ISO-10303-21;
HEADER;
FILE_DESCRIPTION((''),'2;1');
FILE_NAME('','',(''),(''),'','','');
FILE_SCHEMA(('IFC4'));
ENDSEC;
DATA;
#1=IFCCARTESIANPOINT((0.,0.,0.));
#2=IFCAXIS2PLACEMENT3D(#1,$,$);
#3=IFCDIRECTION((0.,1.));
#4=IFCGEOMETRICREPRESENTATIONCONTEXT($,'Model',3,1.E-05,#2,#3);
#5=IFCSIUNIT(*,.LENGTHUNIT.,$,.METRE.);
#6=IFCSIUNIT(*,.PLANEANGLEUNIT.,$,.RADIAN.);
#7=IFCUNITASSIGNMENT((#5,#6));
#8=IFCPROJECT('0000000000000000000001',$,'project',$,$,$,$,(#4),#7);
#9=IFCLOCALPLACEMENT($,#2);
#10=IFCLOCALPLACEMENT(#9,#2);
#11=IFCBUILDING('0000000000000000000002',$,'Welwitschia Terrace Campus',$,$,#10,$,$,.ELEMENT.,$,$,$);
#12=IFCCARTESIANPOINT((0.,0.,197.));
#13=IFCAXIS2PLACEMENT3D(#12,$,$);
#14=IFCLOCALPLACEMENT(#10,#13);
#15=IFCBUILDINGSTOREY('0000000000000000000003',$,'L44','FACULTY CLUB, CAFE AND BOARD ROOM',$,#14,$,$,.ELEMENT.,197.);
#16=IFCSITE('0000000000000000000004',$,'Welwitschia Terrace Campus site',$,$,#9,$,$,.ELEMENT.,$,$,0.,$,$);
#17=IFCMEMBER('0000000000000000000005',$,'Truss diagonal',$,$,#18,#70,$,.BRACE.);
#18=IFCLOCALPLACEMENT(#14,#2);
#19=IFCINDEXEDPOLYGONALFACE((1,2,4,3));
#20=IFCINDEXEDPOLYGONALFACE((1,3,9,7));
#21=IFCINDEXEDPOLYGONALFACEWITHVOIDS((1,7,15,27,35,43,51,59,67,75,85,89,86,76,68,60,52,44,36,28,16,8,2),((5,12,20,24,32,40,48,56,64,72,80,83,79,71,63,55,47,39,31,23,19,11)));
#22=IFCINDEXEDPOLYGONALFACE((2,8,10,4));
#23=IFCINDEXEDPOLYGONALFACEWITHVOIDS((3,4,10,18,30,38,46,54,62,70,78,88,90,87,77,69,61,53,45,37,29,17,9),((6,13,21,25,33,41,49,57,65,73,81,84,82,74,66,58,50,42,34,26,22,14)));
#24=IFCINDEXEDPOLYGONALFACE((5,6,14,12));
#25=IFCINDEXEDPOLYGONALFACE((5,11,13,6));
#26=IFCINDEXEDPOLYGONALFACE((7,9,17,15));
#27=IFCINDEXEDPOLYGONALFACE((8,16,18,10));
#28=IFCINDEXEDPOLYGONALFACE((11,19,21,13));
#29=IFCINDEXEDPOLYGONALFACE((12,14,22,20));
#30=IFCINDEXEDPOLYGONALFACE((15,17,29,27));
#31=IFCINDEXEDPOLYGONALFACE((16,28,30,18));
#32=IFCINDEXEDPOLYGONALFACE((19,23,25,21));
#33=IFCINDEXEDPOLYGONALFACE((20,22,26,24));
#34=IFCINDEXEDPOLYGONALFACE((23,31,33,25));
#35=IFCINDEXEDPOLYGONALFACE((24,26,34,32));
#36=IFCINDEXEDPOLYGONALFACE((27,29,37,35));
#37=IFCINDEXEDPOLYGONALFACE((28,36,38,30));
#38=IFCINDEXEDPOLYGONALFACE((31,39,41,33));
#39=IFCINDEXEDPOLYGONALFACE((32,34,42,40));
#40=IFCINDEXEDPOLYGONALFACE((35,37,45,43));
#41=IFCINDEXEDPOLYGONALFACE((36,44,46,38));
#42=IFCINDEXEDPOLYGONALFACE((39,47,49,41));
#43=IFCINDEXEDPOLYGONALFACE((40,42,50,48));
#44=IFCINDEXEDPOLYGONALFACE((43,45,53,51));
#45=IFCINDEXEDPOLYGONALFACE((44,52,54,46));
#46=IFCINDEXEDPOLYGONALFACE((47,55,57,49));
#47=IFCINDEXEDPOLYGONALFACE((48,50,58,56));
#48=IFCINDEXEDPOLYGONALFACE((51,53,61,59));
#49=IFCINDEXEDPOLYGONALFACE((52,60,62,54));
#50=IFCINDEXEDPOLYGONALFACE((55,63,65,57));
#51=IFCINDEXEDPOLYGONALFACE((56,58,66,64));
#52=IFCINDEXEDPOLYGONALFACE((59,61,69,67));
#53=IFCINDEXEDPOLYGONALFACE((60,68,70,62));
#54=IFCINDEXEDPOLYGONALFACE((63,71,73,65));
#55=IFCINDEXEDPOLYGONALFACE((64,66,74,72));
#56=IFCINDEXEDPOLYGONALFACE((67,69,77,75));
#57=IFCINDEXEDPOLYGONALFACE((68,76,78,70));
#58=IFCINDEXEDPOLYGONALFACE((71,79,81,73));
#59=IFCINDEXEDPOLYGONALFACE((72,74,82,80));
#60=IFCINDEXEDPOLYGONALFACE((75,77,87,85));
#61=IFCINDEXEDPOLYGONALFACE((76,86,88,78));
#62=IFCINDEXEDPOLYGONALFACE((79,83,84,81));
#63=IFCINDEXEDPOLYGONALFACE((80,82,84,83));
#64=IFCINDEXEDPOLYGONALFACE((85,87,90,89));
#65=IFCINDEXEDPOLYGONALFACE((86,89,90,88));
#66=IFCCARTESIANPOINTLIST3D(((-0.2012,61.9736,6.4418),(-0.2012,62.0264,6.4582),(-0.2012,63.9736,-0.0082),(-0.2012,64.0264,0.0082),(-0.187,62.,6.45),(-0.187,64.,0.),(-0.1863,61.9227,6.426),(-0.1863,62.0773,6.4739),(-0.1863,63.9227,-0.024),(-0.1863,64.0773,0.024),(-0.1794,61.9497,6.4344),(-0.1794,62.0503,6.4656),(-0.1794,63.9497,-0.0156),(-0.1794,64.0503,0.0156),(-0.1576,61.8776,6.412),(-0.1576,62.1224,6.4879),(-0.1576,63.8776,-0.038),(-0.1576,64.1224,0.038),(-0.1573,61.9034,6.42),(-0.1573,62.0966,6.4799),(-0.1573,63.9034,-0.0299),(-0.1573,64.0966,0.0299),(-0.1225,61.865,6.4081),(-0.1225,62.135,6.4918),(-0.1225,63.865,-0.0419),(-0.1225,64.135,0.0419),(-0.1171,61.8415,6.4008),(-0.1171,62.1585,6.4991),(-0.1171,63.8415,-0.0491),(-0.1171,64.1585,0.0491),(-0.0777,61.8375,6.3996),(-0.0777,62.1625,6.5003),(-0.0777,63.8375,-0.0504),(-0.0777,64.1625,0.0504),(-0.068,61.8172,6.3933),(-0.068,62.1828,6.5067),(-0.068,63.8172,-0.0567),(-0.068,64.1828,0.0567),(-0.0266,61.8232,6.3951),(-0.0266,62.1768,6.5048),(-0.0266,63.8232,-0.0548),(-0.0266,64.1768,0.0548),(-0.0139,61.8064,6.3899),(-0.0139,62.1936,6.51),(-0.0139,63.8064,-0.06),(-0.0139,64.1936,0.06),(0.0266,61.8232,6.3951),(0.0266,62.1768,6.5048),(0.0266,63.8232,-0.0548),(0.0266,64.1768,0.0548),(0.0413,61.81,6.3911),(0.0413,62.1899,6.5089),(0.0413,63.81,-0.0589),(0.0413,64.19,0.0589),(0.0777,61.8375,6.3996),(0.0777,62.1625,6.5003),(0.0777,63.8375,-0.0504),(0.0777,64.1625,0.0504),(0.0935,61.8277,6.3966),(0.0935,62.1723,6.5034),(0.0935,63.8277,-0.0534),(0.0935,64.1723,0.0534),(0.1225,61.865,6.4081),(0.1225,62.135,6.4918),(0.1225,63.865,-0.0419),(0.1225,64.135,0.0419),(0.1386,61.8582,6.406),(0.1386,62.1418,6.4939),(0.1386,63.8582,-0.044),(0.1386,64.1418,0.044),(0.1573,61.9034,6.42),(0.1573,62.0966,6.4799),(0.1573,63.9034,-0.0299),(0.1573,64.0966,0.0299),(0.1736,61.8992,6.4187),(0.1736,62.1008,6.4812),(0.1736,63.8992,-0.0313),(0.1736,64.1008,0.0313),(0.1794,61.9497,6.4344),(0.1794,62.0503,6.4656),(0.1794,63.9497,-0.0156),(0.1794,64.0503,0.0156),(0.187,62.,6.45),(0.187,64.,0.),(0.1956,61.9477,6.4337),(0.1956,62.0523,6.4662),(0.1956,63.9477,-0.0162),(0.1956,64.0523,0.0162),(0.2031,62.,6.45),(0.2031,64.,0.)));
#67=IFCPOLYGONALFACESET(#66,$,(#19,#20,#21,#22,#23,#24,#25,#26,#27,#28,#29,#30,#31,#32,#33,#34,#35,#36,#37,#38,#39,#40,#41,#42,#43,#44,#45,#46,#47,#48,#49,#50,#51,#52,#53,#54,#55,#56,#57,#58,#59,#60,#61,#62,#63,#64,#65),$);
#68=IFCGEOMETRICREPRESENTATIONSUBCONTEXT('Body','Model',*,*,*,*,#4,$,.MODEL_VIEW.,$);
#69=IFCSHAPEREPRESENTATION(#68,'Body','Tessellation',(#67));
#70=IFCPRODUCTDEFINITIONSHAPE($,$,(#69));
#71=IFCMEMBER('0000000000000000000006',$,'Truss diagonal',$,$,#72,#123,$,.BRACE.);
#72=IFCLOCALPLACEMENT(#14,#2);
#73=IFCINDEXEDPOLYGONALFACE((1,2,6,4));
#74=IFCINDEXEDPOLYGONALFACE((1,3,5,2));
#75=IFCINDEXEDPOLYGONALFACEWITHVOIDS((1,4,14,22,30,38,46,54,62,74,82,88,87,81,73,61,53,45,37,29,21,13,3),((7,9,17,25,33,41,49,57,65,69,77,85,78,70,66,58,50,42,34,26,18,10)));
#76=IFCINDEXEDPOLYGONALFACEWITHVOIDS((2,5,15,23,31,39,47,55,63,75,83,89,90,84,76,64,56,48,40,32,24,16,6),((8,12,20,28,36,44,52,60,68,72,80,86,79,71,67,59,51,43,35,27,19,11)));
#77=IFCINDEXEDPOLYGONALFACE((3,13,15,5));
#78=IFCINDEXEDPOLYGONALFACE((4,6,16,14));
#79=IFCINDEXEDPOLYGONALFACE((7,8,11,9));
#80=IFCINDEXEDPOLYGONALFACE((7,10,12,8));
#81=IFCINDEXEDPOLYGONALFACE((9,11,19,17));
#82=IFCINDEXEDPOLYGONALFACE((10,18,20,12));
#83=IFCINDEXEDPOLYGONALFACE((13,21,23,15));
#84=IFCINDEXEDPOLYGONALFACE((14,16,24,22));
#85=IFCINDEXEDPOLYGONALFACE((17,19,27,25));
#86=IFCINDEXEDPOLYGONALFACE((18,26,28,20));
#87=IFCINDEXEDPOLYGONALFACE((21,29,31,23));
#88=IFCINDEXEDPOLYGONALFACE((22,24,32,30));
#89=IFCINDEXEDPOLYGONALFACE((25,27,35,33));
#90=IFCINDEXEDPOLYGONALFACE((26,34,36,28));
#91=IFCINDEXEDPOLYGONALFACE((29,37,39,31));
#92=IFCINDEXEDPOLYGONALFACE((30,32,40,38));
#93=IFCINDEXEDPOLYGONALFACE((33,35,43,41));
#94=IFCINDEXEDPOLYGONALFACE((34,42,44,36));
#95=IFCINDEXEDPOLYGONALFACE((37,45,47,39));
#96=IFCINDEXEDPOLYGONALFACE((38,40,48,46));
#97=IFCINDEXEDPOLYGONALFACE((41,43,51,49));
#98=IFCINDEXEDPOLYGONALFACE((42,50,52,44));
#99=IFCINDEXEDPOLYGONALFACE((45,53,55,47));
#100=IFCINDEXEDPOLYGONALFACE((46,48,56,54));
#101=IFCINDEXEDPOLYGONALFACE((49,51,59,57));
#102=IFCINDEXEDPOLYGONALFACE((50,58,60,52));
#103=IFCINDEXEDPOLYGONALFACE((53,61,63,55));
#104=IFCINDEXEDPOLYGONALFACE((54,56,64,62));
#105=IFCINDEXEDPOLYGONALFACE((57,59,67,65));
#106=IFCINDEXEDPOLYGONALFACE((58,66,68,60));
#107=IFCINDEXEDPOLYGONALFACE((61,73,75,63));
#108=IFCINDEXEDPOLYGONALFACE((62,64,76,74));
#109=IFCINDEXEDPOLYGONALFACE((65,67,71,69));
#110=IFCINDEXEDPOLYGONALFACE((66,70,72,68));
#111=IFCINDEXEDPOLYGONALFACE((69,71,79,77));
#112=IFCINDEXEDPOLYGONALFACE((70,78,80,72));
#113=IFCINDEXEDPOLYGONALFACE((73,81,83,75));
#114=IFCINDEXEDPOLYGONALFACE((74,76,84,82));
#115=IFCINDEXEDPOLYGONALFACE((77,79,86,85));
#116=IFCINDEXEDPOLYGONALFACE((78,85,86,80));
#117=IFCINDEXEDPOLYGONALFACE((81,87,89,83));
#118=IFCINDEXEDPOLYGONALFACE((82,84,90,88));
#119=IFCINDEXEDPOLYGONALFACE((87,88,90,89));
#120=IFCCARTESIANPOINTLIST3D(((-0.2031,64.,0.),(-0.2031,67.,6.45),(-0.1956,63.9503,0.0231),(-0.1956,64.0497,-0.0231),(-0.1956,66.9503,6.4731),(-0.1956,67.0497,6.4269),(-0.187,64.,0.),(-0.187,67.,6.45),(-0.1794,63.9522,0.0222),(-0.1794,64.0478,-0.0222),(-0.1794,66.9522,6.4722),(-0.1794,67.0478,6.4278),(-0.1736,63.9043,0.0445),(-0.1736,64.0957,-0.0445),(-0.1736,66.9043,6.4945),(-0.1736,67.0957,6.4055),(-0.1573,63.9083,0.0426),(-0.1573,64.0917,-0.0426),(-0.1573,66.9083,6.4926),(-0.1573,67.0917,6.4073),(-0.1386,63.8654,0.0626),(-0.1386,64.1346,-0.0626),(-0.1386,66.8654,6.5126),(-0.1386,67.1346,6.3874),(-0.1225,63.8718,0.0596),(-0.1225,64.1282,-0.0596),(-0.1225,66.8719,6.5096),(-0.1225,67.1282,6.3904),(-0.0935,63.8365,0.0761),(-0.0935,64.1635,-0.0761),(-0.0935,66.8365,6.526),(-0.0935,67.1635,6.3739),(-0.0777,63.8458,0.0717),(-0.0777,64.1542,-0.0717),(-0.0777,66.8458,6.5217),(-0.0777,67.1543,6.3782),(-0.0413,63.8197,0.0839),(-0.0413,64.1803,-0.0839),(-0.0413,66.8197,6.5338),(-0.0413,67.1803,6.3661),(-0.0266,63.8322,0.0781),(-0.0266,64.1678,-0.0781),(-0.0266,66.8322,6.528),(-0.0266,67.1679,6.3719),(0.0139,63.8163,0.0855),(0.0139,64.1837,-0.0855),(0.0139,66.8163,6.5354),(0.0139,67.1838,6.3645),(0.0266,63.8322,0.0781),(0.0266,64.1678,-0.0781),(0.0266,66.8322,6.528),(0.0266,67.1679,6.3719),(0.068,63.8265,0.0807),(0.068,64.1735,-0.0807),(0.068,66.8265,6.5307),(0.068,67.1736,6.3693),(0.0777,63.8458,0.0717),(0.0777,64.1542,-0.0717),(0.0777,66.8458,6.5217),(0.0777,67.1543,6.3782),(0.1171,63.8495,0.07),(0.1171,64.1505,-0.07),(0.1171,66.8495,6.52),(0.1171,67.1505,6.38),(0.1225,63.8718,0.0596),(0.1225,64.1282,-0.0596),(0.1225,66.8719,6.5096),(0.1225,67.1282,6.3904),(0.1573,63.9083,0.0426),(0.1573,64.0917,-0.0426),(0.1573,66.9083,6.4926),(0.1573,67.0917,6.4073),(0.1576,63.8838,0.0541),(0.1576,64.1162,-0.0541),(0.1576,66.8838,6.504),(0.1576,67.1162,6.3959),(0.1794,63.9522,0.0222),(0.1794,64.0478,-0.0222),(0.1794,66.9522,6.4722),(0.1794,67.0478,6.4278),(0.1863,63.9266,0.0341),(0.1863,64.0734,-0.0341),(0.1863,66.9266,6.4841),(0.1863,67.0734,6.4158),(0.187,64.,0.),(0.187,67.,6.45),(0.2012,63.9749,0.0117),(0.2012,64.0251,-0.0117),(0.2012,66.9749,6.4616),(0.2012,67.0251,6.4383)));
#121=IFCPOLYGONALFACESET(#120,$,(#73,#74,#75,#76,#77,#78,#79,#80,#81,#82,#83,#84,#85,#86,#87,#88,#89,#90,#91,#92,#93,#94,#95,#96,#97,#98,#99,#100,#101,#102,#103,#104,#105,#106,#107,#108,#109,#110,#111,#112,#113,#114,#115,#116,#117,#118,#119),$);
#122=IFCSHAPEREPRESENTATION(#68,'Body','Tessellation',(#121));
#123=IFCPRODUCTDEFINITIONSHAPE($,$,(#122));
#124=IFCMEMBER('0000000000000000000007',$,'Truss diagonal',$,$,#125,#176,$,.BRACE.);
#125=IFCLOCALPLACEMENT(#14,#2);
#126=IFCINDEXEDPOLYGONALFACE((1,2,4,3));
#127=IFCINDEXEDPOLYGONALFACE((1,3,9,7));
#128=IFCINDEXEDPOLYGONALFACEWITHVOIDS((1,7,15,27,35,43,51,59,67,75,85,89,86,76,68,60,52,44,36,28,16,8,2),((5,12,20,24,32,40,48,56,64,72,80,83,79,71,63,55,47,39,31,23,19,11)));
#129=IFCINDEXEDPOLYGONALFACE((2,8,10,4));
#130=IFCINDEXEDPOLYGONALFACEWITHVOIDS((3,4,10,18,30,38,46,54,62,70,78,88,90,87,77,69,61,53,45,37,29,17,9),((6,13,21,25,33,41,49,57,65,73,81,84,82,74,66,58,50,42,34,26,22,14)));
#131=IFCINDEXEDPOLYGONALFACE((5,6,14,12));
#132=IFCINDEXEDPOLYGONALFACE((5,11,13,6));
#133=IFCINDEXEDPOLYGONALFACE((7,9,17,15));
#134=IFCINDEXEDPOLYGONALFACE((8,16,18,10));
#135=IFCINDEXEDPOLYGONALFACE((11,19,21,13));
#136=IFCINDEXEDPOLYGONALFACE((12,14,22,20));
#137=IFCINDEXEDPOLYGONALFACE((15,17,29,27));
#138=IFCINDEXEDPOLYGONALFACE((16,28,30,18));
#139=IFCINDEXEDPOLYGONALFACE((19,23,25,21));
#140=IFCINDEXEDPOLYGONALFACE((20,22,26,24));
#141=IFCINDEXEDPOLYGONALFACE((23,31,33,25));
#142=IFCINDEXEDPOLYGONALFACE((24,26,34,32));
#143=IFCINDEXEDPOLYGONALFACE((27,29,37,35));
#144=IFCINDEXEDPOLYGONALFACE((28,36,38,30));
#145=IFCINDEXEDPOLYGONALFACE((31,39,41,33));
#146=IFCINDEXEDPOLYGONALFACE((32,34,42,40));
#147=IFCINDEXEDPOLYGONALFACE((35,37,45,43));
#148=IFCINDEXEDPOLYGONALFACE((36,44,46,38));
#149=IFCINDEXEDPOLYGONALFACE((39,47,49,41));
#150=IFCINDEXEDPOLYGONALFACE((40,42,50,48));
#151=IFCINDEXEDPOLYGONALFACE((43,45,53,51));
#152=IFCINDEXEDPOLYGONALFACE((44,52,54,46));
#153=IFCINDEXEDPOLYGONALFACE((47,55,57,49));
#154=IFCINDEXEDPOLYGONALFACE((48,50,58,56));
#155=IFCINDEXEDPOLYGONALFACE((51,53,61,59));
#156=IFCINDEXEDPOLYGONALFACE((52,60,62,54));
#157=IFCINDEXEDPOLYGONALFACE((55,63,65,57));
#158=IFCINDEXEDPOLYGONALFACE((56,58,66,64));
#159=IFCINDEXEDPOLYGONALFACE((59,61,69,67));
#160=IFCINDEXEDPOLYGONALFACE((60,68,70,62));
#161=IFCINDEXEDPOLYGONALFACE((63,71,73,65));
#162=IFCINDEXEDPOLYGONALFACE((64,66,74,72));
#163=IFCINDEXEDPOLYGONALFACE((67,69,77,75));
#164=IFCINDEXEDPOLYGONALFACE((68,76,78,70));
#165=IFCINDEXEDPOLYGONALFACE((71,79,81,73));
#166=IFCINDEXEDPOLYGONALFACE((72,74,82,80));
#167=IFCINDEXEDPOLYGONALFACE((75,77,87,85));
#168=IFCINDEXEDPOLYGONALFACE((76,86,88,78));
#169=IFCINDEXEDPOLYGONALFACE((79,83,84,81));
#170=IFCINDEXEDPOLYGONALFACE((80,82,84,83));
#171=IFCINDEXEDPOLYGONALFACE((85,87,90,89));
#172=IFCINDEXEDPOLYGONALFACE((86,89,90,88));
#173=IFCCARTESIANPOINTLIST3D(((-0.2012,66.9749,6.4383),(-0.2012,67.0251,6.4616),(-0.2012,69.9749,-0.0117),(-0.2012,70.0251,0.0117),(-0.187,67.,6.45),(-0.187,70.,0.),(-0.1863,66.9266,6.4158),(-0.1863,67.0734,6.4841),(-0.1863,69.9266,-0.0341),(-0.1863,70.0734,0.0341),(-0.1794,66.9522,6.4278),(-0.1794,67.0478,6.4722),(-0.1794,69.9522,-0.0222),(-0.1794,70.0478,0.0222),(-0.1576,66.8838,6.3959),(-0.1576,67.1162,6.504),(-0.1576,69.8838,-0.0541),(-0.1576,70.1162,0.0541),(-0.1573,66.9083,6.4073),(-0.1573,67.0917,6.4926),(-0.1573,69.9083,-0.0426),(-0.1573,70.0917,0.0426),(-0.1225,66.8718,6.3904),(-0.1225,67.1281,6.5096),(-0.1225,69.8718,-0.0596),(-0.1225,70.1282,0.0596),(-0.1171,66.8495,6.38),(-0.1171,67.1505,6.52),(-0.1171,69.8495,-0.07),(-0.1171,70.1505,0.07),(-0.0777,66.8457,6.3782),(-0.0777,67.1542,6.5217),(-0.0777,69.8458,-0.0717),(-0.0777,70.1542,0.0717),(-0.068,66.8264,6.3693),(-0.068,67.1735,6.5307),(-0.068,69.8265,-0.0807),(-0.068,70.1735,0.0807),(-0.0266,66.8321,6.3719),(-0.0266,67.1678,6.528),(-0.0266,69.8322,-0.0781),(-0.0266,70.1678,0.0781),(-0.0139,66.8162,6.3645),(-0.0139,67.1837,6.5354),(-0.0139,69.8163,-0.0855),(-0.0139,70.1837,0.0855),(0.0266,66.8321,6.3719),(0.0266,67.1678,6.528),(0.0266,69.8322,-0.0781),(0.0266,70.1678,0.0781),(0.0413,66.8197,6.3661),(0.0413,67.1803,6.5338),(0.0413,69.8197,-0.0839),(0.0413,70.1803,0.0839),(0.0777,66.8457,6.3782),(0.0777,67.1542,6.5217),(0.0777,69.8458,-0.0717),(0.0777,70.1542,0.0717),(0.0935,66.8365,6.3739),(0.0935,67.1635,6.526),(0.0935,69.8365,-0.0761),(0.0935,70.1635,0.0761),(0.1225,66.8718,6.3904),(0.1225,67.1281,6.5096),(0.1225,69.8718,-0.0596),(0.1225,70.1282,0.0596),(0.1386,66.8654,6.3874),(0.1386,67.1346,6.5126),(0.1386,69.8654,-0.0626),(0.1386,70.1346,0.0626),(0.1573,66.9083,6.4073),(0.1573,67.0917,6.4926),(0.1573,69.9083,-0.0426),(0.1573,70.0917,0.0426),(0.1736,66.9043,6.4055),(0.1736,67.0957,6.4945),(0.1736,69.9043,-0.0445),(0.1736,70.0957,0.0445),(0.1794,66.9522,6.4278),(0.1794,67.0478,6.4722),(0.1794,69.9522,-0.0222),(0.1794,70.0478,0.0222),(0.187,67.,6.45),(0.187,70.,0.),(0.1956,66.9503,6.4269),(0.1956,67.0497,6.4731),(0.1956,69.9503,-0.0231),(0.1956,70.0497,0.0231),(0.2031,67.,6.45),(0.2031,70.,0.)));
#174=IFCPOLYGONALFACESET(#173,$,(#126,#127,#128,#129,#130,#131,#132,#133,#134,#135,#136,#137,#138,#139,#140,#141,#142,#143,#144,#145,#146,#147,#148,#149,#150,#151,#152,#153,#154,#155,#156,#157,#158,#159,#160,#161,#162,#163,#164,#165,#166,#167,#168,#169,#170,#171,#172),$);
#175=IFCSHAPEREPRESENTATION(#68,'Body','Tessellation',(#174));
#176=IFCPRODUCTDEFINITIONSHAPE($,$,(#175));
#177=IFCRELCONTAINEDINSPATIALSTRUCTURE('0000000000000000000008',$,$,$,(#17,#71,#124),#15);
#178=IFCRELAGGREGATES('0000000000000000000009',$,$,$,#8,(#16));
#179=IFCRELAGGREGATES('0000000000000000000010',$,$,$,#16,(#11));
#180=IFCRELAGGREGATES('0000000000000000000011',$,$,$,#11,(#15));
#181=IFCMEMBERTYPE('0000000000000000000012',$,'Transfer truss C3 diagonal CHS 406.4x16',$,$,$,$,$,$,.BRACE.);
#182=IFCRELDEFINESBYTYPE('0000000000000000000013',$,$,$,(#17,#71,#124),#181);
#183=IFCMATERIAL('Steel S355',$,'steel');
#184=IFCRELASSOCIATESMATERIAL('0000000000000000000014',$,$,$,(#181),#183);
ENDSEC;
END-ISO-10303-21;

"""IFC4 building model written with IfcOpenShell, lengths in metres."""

from ifc_helpers import new_model, si_unit, direction, frame, origin, origin_2d, place, context, subcontext, project, spatial, hollow_circle, extrude, material, material_profile, profile_set, type_object, element, save


model = new_model("IFC4")

# Units and contexts
model_context = context("Model", 3, precision=1e-05, world=origin(), true_north=direction((0.0, 1.0)))
body_context = subcontext(model_context, "Body", "Model", "MODEL_VIEW")
ifc_project = project(units=[si_unit("LENGTHUNIT", "METRE"), si_unit("PLANEANGLEUNIT", "RADIAN")], contexts=[model_context])

# Site, building, storey
site_placement = place(None, origin())
site = spatial("IfcSite", under=ifc_project, at=site_placement, Name="Welwitschia Terrace Campus site", CompositionType="ELEMENT", RefElevation=0.0)
building_placement = place(site_placement, origin())
building = spatial("IfcBuilding", under=site, at=building_placement, Name="Welwitschia Terrace Campus", CompositionType="ELEMENT")
storey_placement = place(building_placement, frame((0.0, 0.0, 197.0)))
storey = spatial("IfcBuildingStorey", under=building, at=storey_placement, Name="L44", Description="FACULTY CLUB, CAFE AND BOARD ROOM", CompositionType="ELEMENT", Elevation=197.0)

# Members
ifc_material_1 = material(Name="Steel S355", Category="steel")
ifc_material_profile_1 = material_profile(ifc_material_1, hollow_circle(Radius=0.2031, WallThickness=0.0161, at=origin_2d()))
ifc_profile_set_1 = profile_set([ifc_material_profile_1], Name="Steel S355")
member_type_1 = type_object("IfcMemberType", Name="Transfer truss C3 diagonal CHS 406.4x16", PredefinedType="BRACE", material=ifc_profile_set_1)
member_1_placement = place(storey_placement, frame((0.0, 64.0, 0.0), z_axis=(0.0, -0.296168, 0.955136), x_axis=(1.0, 0.0, 0.0)))
element("IfcMember", 1, at=member_1_placement, inside=storey, type_object=member_type_1, Name="Truss diagonal", PredefinedType="BRACE", context=body_context, shape_type="SweptSolid", body=[
    extrude(hollow_circle(Radius=0.2031, WallThickness=0.0161, at=origin_2d()), origin(), (0.0, 0.0, 1.0), 6.7529),
])
for number, where, z_axis, x_axis, name in (
    (2, (0.0, 64.0, 0.0), (0.0, 0.421733, 0.90672), (-1.0, 0.0, 0.0), "Truss diagonal"),
    (3, (0.0, 70.0, 0.0), (0.0, -0.421733, 0.90672), (1.0, 0.0, 0.0), "Truss diagonal"),
):
    element("IfcMember", number, at=place(storey_placement, frame(where, z_axis=z_axis, x_axis=x_axis)), inside=storey, type_object=member_type_1, Name=name, PredefinedType="BRACE", context=body_context, shape_type="SweptSolid", body=[
        extrude(hollow_circle(Radius=0.2031, WallThickness=0.0161, at=origin_2d()), origin(), (0.0, 0.0, 1.0), 7.1135),
    ])

save(model, "model.ifc")
